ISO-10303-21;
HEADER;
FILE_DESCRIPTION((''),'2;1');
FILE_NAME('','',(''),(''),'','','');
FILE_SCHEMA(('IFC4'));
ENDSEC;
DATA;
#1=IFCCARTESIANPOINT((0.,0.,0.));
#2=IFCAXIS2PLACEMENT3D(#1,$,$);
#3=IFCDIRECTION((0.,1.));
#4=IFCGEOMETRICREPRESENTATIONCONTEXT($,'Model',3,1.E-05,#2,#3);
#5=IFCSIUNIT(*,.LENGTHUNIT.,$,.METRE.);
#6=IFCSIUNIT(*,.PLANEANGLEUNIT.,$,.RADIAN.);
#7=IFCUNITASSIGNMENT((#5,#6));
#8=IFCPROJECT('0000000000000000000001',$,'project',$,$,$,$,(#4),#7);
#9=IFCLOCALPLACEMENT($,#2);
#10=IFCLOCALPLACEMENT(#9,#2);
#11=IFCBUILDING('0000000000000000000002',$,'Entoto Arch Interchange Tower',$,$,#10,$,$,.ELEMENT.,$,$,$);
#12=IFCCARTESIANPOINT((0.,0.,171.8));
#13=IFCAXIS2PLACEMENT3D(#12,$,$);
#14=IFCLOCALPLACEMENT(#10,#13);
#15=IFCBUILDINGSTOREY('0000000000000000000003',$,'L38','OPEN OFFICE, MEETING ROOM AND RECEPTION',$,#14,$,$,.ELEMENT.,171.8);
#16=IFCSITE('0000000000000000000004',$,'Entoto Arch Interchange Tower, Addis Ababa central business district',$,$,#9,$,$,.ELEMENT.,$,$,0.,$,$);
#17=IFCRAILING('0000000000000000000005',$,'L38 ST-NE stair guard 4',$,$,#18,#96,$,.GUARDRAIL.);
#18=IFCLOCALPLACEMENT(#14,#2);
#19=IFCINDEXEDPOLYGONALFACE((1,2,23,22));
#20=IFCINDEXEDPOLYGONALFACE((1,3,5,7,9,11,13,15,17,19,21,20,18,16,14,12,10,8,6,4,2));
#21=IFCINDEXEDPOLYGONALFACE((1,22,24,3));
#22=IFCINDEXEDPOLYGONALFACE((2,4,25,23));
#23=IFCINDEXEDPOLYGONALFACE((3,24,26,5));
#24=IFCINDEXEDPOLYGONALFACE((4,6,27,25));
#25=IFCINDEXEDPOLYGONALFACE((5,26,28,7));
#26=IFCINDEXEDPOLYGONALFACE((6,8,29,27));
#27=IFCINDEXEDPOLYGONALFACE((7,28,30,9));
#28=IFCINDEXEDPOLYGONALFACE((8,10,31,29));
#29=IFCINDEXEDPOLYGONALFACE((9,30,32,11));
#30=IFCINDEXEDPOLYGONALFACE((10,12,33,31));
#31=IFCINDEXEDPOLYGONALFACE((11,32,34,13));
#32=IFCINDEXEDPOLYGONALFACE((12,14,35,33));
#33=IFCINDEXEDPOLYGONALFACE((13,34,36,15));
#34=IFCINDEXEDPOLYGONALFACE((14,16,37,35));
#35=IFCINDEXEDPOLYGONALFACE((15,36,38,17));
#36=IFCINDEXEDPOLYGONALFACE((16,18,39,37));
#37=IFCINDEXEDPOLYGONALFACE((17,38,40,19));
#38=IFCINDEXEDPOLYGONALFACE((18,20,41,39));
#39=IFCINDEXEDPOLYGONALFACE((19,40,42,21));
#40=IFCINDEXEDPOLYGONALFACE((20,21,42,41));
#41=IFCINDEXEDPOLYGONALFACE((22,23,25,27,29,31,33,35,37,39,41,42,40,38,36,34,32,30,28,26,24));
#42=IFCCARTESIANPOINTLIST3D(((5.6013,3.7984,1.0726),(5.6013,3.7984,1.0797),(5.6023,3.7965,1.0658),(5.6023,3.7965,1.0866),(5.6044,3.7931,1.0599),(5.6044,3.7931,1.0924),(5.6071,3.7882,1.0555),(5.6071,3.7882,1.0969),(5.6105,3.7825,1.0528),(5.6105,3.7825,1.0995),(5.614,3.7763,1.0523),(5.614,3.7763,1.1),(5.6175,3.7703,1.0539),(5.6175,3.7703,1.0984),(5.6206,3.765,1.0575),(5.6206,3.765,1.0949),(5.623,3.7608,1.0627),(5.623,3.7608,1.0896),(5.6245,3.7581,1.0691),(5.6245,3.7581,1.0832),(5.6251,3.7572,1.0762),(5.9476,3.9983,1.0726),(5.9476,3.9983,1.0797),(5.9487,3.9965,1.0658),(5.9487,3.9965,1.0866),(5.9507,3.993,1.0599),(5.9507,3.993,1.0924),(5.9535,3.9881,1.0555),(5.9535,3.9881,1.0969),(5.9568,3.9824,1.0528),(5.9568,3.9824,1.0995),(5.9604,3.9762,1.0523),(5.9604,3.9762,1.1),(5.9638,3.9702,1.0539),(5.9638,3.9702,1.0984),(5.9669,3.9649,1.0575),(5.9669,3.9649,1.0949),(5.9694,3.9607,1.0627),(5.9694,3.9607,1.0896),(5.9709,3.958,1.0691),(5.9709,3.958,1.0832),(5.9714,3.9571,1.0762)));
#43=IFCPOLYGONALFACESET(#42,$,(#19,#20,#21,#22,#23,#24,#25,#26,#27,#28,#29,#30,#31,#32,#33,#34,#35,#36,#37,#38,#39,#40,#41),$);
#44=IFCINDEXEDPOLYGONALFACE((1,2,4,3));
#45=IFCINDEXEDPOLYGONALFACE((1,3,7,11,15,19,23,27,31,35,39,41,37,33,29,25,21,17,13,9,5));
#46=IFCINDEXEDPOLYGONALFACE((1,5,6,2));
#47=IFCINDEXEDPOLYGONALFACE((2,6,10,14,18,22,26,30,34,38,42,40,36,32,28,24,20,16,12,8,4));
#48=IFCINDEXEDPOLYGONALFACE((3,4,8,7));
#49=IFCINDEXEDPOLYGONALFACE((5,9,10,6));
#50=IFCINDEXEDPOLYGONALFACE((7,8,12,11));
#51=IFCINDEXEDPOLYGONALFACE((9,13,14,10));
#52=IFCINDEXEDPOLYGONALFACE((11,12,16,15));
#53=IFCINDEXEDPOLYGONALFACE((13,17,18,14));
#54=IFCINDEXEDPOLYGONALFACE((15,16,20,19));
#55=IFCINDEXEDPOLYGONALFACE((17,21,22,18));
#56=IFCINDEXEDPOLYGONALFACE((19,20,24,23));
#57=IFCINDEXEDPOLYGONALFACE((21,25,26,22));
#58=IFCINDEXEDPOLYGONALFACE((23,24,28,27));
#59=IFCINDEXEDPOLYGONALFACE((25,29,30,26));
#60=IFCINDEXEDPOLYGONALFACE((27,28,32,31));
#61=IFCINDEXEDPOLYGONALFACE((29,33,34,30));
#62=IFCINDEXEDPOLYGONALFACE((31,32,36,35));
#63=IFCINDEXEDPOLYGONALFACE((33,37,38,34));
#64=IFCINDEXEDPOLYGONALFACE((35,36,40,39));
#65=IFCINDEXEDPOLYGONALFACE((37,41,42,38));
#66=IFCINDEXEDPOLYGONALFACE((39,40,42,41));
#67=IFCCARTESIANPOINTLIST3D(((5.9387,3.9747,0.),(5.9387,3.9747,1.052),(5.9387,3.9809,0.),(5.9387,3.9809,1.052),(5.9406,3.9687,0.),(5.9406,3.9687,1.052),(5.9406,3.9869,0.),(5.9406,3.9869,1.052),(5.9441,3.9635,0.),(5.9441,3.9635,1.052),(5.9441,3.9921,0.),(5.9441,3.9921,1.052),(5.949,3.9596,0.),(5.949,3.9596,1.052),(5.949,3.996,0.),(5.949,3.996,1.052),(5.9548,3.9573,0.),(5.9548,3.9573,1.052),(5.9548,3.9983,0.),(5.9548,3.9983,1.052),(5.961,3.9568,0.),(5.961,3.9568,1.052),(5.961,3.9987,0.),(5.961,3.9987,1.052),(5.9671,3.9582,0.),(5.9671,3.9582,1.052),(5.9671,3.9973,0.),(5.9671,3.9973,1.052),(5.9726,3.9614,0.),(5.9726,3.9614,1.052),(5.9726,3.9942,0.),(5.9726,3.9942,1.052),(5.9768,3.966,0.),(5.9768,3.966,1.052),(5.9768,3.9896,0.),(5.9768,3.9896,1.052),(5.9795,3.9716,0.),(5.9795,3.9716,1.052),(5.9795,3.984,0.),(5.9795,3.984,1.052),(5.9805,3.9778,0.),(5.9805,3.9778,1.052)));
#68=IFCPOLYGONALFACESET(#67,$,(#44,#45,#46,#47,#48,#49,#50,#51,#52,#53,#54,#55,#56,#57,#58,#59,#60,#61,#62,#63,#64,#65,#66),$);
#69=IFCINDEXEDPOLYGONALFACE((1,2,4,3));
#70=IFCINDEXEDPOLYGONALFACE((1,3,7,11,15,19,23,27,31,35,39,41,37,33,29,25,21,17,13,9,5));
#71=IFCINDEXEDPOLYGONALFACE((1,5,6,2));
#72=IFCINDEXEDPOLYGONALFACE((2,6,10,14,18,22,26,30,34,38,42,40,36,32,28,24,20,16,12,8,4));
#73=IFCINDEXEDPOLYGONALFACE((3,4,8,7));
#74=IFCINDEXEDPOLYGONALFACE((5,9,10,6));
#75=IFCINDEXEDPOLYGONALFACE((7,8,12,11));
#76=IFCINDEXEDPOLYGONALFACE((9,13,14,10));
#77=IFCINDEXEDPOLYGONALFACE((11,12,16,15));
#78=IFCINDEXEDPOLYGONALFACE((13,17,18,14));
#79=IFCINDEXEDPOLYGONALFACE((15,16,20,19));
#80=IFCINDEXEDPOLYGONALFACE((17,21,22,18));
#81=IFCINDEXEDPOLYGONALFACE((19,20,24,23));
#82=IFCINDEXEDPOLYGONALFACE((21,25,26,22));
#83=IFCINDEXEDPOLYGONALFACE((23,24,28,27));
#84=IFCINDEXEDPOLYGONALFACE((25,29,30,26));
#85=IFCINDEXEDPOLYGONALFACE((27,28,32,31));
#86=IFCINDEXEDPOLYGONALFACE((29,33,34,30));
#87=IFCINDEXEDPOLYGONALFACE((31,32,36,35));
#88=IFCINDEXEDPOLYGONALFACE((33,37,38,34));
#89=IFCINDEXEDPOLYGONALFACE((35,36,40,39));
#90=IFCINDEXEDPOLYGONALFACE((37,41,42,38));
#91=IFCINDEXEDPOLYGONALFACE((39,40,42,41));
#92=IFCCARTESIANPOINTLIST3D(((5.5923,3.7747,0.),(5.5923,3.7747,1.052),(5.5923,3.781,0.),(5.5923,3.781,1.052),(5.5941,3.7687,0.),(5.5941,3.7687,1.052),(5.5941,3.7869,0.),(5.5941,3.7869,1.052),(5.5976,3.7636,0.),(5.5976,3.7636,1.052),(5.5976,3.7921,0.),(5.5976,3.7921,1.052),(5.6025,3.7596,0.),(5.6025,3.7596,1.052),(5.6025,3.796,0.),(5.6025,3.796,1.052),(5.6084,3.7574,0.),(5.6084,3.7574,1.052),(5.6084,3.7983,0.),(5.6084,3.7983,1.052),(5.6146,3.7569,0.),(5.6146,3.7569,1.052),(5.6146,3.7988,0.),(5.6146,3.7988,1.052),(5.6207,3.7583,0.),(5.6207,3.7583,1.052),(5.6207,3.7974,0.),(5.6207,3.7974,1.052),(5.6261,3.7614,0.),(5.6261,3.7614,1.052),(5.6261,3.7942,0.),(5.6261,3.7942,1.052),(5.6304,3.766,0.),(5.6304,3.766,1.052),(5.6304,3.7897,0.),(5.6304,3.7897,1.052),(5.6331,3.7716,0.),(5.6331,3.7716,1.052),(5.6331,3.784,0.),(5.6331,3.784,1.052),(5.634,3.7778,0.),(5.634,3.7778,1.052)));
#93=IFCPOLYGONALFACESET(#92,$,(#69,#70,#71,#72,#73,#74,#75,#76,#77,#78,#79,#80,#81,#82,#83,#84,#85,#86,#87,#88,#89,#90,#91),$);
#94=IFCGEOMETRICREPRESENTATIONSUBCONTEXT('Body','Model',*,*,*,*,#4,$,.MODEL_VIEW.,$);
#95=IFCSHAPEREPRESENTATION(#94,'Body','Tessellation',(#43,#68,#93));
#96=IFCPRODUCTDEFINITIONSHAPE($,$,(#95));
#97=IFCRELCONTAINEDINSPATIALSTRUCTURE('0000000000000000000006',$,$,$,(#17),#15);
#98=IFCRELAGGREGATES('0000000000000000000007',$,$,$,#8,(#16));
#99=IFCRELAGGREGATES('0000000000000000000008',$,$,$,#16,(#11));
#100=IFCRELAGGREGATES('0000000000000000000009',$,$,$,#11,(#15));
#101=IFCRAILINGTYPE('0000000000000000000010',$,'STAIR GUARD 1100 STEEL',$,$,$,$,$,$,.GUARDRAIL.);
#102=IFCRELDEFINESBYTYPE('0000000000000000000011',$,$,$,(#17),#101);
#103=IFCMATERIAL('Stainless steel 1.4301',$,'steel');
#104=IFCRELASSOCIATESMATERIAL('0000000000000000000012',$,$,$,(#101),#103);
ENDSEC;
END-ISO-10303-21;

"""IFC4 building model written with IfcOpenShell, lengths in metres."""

from ifc_helpers import new_model, si_unit, direction, frame, origin, origin_2d, place, context, subcontext, project, spatial, circle, extrude, material, type_object, element, save


model = new_model("IFC4")

# Units and contexts
model_context = context("Model", 3, precision=1e-05, world=origin(), true_north=direction((0.0, 1.0)))
body_context = subcontext(model_context, "Body", "Model", "MODEL_VIEW")
ifc_project = project(units=[si_unit("LENGTHUNIT", "METRE"), si_unit("PLANEANGLEUNIT", "RADIAN")], contexts=[model_context])

# Site, building, storey
site_placement = place(None, origin())
site = spatial("IfcSite", under=ifc_project, at=site_placement, Name="Entoto Arch Interchange Tower, Addis Ababa central business district", CompositionType="ELEMENT", RefElevation=0.0)
building_placement = place(site_placement, origin())
building = spatial("IfcBuilding", under=site, at=building_placement, Name="Entoto Arch Interchange Tower", CompositionType="ELEMENT")
storey_placement = place(building_placement, frame((0.0, 0.0, 171.8)))
storey = spatial("IfcBuildingStorey", under=building, at=storey_placement, Name="L38", Description="OPEN OFFICE, MEETING ROOM AND RECEPTION", CompositionType="ELEMENT", Elevation=171.8)

# Railing
ifc_material_1 = material(Name="Stainless steel 1.4301", Category="steel")
railing_type_1 = type_object("IfcRailingType", Name="STAIR GUARD 1100 STEEL", PredefinedType="GUARDRAIL", material=ifc_material_1)
railing_1_placement = place(storey_placement, frame((5.9595, 3.9778, 0.0)))
element("IfcRailing", 1, at=railing_1_placement, inside=storey, type_object=railing_type_1, Name="L38 ST-NE stair guard 4", PredefinedType="GUARDRAIL", context=body_context, shape_type="SweptSolid", body=[
    extrude(circle(Radius=0.0239, at=origin_2d()), frame((0.0, 0.0, 1.0762), z_axis=(-0.866094, -0.499881, 0.0), x_axis=(0.499881, -0.866094, 0.0)), (0.0, 0.0, 1.0), 0.3999),
    extrude(circle(Radius=0.021, at=origin_2d()), origin(), (0.0, 0.0, 1.0), 1.052),
    extrude(circle(Radius=0.021, at=origin_2d()), frame((-0.3464, -0.2, 0.0)), (0.0, 0.0, 1.0), 1.052),
])

save(model, "model.ifc")
